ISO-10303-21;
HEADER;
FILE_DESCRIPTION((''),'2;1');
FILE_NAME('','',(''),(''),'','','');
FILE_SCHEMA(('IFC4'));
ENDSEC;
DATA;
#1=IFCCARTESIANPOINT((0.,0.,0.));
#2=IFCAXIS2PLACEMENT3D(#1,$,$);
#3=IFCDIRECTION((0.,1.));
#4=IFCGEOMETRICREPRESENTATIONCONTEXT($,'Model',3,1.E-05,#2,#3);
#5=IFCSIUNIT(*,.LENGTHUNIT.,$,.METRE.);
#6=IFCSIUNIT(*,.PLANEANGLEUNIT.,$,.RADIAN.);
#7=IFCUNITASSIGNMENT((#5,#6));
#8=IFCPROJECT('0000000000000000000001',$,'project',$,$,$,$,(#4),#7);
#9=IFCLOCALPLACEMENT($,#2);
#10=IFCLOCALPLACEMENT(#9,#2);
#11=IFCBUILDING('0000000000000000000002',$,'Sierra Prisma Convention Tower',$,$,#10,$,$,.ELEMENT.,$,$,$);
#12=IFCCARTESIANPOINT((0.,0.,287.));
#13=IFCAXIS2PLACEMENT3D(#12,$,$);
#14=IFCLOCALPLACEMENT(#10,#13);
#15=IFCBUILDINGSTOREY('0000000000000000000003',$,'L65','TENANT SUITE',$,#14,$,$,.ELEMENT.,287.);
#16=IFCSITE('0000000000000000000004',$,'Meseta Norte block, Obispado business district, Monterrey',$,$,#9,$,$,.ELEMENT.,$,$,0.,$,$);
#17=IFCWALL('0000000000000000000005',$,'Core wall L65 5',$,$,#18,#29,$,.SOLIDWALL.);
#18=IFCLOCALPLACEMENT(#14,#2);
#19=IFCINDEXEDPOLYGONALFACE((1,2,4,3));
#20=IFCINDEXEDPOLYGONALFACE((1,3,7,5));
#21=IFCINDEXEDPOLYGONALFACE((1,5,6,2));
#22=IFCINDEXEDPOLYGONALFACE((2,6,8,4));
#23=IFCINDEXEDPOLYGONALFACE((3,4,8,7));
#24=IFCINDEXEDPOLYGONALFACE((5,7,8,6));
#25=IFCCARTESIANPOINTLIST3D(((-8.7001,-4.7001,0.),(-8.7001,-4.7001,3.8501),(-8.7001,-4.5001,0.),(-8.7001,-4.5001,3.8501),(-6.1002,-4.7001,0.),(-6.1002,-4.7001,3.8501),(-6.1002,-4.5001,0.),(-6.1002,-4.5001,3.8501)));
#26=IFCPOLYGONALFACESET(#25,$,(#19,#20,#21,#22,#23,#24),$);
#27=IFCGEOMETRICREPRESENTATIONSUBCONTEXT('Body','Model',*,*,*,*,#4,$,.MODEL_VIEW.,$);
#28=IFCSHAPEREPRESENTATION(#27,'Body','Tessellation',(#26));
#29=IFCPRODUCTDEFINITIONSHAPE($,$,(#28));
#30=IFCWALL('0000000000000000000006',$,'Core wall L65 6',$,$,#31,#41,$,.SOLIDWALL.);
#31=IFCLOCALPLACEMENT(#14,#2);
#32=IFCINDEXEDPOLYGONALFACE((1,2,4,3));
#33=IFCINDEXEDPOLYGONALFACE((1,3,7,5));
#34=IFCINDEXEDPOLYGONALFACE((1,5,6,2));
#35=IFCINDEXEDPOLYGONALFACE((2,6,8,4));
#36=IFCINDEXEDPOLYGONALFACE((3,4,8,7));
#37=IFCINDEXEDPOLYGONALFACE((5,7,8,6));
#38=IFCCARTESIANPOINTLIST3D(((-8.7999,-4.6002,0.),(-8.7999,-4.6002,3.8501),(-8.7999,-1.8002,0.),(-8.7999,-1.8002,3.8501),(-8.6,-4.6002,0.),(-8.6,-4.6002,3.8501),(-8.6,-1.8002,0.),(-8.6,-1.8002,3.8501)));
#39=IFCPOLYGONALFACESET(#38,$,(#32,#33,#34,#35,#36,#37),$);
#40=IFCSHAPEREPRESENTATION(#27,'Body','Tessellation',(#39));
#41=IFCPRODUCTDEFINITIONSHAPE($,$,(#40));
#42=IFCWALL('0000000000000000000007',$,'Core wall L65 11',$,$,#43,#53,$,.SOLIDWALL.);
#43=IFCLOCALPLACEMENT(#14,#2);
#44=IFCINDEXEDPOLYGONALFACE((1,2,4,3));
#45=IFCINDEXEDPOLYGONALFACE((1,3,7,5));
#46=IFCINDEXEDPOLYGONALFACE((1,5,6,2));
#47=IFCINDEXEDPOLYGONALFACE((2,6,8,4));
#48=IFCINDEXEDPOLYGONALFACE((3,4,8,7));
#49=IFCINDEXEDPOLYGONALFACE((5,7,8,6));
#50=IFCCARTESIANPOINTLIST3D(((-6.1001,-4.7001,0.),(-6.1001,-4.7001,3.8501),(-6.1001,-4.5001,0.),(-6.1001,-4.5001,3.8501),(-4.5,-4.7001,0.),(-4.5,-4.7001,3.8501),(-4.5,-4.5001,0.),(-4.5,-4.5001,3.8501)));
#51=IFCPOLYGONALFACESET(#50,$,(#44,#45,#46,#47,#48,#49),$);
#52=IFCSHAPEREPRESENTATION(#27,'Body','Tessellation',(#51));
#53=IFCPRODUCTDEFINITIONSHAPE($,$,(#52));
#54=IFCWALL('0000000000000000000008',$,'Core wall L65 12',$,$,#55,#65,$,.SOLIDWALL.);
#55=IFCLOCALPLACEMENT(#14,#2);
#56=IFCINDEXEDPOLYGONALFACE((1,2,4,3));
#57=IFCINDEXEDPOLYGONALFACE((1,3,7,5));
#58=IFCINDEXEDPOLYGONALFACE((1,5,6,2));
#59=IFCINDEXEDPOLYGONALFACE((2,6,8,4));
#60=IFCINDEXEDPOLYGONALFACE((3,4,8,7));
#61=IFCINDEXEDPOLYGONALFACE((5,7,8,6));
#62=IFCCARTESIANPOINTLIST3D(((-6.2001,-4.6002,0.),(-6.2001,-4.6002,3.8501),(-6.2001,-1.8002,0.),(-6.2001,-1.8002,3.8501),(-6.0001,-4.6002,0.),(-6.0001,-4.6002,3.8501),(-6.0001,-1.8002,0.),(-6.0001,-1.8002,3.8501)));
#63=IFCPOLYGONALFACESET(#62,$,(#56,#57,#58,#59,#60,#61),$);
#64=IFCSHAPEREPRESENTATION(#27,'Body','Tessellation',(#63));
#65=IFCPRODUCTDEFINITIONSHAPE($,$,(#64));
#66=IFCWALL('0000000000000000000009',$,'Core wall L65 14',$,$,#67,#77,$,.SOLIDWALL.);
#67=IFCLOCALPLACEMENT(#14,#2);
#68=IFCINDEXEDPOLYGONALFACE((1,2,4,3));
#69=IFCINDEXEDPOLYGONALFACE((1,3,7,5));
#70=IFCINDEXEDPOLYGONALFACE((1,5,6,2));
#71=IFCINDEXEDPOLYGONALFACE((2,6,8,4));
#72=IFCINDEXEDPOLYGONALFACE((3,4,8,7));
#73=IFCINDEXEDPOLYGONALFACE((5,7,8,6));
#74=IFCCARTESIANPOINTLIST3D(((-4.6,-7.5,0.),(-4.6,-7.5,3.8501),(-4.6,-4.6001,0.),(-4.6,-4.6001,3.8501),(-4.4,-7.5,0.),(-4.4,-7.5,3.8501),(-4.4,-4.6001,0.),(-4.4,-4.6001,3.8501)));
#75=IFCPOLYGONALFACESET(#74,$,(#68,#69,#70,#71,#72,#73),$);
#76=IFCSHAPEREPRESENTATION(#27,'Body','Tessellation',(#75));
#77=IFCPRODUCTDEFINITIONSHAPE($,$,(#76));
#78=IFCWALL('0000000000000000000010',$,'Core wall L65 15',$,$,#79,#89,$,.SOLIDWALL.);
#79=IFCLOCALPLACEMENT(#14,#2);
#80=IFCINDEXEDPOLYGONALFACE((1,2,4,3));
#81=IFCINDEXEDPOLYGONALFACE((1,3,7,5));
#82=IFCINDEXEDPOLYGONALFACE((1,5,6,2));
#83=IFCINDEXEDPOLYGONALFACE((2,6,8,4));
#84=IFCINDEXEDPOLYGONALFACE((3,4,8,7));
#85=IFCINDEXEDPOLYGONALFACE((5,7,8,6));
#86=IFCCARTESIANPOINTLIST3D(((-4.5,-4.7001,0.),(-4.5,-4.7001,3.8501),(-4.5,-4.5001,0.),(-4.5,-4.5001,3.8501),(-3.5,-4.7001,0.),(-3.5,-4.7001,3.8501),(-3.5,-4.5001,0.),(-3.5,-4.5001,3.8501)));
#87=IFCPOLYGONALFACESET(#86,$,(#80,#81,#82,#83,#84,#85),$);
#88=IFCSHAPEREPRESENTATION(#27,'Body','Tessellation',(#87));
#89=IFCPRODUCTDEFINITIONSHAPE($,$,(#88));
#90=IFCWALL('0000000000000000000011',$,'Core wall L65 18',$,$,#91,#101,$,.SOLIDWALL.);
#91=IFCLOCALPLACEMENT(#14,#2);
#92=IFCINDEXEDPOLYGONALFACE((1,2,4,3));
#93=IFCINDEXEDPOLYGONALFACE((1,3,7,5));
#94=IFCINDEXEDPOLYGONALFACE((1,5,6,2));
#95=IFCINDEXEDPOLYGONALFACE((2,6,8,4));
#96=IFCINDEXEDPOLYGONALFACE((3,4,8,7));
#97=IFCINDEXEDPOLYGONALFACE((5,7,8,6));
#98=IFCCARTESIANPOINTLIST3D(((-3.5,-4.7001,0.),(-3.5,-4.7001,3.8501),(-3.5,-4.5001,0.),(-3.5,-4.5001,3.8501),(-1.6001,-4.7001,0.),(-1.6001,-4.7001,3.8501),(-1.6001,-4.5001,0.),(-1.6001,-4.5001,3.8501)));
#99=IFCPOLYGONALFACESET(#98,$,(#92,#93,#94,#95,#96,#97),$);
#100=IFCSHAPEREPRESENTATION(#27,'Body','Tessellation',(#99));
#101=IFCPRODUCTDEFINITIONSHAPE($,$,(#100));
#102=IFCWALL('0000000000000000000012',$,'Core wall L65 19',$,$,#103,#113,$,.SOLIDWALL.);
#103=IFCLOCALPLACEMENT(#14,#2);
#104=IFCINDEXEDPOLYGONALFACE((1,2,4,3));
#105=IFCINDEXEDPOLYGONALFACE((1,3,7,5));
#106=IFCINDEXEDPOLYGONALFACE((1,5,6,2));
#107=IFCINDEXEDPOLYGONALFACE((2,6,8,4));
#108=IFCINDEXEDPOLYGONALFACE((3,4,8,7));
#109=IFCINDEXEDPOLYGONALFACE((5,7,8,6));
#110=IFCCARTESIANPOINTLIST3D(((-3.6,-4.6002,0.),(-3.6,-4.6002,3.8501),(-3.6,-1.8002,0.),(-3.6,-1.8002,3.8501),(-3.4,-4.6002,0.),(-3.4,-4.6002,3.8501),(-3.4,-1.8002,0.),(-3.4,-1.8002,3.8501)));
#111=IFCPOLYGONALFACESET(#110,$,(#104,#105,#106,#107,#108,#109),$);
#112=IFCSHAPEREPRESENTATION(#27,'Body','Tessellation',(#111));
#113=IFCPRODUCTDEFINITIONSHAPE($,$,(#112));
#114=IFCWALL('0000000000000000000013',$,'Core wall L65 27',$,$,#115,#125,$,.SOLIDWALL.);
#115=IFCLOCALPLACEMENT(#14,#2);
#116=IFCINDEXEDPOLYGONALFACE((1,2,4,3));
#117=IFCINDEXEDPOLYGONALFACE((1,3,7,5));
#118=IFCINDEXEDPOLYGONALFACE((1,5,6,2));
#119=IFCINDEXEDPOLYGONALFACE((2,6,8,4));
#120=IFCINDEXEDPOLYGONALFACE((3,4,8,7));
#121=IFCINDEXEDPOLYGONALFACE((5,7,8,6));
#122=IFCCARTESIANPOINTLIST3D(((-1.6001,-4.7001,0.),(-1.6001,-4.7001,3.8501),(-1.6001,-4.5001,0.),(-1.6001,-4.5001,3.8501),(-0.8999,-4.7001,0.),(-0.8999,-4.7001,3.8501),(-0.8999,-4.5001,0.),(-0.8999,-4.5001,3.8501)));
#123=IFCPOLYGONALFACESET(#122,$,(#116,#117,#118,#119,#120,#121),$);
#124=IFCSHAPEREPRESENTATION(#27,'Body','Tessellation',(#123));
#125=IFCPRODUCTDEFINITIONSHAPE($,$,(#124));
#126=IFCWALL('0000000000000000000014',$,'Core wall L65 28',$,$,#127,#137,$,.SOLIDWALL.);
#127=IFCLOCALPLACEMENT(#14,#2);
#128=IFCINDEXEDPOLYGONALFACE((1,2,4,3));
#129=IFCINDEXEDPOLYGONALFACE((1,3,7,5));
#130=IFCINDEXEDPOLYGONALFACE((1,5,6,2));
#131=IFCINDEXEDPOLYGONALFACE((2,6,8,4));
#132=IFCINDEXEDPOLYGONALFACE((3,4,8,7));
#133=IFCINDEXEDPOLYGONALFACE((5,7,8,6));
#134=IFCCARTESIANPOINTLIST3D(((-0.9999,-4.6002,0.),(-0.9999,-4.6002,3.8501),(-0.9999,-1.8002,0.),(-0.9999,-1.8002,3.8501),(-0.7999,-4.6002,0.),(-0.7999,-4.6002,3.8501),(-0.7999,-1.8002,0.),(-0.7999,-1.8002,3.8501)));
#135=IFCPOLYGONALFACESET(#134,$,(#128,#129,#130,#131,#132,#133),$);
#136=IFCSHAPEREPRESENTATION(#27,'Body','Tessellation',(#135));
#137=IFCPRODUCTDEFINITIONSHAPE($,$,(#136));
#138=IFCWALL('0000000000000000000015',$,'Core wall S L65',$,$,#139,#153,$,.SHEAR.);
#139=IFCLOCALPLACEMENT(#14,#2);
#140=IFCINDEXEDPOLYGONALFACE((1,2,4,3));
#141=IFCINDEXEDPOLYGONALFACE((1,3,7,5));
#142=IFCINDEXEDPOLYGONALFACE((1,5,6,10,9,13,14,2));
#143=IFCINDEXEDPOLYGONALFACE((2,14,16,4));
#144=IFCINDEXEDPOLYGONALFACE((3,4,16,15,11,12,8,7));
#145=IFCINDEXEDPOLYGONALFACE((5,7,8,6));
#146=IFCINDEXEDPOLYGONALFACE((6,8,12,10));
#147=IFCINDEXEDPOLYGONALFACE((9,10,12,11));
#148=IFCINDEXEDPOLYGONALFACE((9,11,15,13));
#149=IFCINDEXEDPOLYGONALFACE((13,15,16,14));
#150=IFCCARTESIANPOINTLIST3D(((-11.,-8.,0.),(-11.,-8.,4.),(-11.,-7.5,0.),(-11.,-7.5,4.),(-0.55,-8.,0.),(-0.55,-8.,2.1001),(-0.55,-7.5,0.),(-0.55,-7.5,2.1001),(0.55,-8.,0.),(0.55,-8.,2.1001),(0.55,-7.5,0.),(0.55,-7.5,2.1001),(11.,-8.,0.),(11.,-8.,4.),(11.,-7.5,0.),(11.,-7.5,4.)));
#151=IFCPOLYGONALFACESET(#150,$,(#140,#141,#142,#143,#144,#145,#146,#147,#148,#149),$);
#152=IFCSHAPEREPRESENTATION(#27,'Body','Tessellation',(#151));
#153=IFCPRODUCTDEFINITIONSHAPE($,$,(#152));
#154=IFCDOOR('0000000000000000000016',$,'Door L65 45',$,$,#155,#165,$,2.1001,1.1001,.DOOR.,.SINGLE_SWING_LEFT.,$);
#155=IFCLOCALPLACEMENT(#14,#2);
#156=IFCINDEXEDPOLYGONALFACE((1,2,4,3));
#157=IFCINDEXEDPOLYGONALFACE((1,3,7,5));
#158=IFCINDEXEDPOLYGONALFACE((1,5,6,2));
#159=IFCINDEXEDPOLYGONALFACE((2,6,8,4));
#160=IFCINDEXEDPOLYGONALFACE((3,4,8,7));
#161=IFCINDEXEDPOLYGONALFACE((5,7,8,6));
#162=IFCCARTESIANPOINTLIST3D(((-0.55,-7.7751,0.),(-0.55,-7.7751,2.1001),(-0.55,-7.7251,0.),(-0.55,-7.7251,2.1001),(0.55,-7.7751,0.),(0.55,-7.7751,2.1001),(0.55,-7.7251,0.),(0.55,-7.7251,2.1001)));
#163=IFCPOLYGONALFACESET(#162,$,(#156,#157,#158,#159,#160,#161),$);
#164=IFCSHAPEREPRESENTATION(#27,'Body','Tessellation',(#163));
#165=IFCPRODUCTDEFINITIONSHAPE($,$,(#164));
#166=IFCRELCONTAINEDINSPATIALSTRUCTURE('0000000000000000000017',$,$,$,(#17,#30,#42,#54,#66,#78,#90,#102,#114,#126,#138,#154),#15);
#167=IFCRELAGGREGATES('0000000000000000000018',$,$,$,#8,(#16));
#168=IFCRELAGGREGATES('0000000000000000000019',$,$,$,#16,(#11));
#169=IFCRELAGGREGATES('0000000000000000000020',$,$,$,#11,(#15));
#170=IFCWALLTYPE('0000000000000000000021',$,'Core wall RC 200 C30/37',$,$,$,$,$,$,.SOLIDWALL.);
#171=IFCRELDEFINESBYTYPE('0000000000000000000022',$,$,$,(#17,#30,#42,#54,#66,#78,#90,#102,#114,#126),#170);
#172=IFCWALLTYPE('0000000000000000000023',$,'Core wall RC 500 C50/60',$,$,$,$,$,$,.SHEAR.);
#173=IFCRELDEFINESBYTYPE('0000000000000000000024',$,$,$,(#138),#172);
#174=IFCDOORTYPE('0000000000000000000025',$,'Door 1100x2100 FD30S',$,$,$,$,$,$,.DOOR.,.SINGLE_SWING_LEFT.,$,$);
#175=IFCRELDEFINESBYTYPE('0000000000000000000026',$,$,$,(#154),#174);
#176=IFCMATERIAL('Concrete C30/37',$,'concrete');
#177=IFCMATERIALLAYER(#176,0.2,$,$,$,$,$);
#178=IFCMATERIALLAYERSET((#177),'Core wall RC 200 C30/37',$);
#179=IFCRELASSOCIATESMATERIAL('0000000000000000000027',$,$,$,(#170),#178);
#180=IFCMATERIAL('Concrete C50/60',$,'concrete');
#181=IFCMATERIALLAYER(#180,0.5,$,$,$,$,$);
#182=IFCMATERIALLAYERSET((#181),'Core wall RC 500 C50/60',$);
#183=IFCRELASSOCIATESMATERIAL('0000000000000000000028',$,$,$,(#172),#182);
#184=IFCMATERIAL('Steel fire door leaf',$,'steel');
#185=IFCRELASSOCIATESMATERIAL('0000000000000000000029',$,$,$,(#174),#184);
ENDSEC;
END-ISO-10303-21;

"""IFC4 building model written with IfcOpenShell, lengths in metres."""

from ifc_helpers import new_model, si_unit, direction, frame, frame_2d, origin, place, context, subcontext, project, spatial, rectangle, extrude, material, layer, layer_set, type_object, element, fill, save


model = new_model("IFC4")

# Units and contexts
model_context = context("Model", 3, precision=1e-05, world=origin(), true_north=direction((0.0, 1.0)))
body_context = subcontext(model_context, "Body", "Model", "MODEL_VIEW")
ifc_project = project(units=[si_unit("LENGTHUNIT", "METRE"), si_unit("PLANEANGLEUNIT", "RADIAN")], contexts=[model_context])

# Site, building, storey
site_placement = place(None, origin())
site = spatial("IfcSite", under=ifc_project, at=site_placement, Name="Meseta Norte block, Obispado business district, Monterrey", CompositionType="ELEMENT", RefElevation=0.0)
building_placement = place(site_placement, origin())
building = spatial("IfcBuilding", under=site, at=building_placement, Name="Sierra Prisma Convention Tower", CompositionType="ELEMENT")
storey_placement = place(building_placement, frame((0.0, 0.0, 287.0)))
storey = spatial("IfcBuildingStorey", under=building, at=storey_placement, Name="L65", Description="TENANT SUITE", CompositionType="ELEMENT", Elevation=287.0)

# Shared definitions
ifc_material_1 = material(Name="Concrete C30/37", Category="concrete")
ifc_layer_1 = layer(ifc_material_1, 0.2)
ifc_layer_set_1 = layer_set([ifc_layer_1], Name="Core wall RC 200 C30/37")
wall_type_1 = type_object("IfcWallType", Name="Core wall RC 200 C30/37", PredefinedType="SOLIDWALL", material=ifc_layer_set_1)

# Walls
wall_1_placement = place(storey_placement, frame((-8.7, -4.6001, 0.0), z_axis=(0.0, 0.0, 1.0), x_axis=(1.0, 0.0, 0.0)))
element("IfcWall", 1, at=wall_1_placement, inside=storey, type_object=wall_type_1, Name="Core wall L65 5", PredefinedType="SOLIDWALL", context=body_context, shape_type="SweptSolid", body=[
    extrude(rectangle(XDim=2.5999, YDim=0.2, at=frame_2d((1.2998, 0.0))), origin(), (0.0, 0.0, 1.0), 3.8501),
])
wall_2_placement = place(storey_placement, frame((-8.7, -4.6001, 0.0), z_axis=(0.0, 0.0, 1.0), x_axis=(0.0, 1.0, 0.0)))
element("IfcWall", 2, at=wall_2_placement, inside=storey, type_object=wall_type_1, Name="Core wall L65 6", PredefinedType="SOLIDWALL", context=body_context, shape_type="SweptSolid", body=[
    extrude(rectangle(XDim=2.8, YDim=0.2, at=frame_2d((1.3999, 0.0))), origin(), (0.0, 0.0, 1.0), 3.8501),
])
wall_3_placement = place(storey_placement, frame((-6.1001, -4.6001, 0.0), z_axis=(0.0, 0.0, 1.0), x_axis=(1.0, 0.0, 0.0)))
element("IfcWall", 3, at=wall_3_placement, inside=storey, type_object=wall_type_1, Name="Core wall L65 11", PredefinedType="SOLIDWALL", context=body_context, shape_type="SweptSolid", body=[
    extrude(rectangle(XDim=1.6001, YDim=0.2, at=frame_2d((0.8, 0.0))), origin(), (0.0, 0.0, 1.0), 3.8501),
])
wall_4_placement = place(storey_placement, frame((-6.1001, -4.6001, 0.0), z_axis=(0.0, 0.0, 1.0), x_axis=(0.0, 1.0, 0.0)))
element("IfcWall", 4, at=wall_4_placement, inside=storey, type_object=wall_type_1, Name="Core wall L65 12", PredefinedType="SOLIDWALL", context=body_context, shape_type="SweptSolid", body=[
    extrude(rectangle(XDim=2.8, YDim=0.2, at=frame_2d((1.3999, 0.0))), origin(), (0.0, 0.0, 1.0), 3.8501),
])
wall_5_placement = place(storey_placement, frame((-4.5, -4.6001, 0.0), z_axis=(0.0, 0.0, 1.0), x_axis=(0.0, -1.0, 0.0)))
element("IfcWall", 5, at=wall_5_placement, inside=storey, type_object=wall_type_1, Name="Core wall L65 14", PredefinedType="SOLIDWALL", context=body_context, shape_type="SweptSolid", body=[
    extrude(rectangle(XDim=2.8999, YDim=0.2, at=frame_2d((1.45, 0.0))), origin(), (0.0, 0.0, 1.0), 3.8501),
])
wall_6_placement = place(storey_placement, frame((-4.5, -4.6001, 0.0), z_axis=(0.0, 0.0, 1.0), x_axis=(1.0, 0.0, 0.0)))
element("IfcWall", 6, at=wall_6_placement, inside=storey, type_object=wall_type_1, Name="Core wall L65 15", PredefinedType="SOLIDWALL", context=body_context, shape_type="SweptSolid", body=[
    extrude(rectangle(XDim=1.0, YDim=0.2, at=frame_2d((0.5, 0.0))), origin(), (0.0, 0.0, 1.0), 3.8501),
])
wall_7_placement = place(storey_placement, frame((-3.5, -4.6001, 0.0), z_axis=(0.0, 0.0, 1.0), x_axis=(1.0, 0.0, 0.0)))
element("IfcWall", 7, at=wall_7_placement, inside=storey, type_object=wall_type_1, Name="Core wall L65 18", PredefinedType="SOLIDWALL", context=body_context, shape_type="SweptSolid", body=[
    extrude(rectangle(XDim=1.8999, YDim=0.2, at=frame_2d((0.95, 0.0))), origin(), (0.0, 0.0, 1.0), 3.8501),
])
wall_8_placement = place(storey_placement, frame((-3.5, -4.6001, 0.0), z_axis=(0.0, 0.0, 1.0), x_axis=(0.0, 1.0, 0.0)))
element("IfcWall", 8, at=wall_8_placement, inside=storey, type_object=wall_type_1, Name="Core wall L65 19", PredefinedType="SOLIDWALL", context=body_context, shape_type="SweptSolid", body=[
    extrude(rectangle(XDim=2.8, YDim=0.2, at=frame_2d((1.3999, 0.0))), origin(), (0.0, 0.0, 1.0), 3.8501),
])

# Walls
wall_9_placement = place(storey_placement, frame((-1.6001, -4.6001, 0.0), z_axis=(0.0, 0.0, 1.0), x_axis=(1.0, 0.0, 0.0)))
element("IfcWall", 9, at=wall_9_placement, inside=storey, type_object=wall_type_1, Name="Core wall L65 27", PredefinedType="SOLIDWALL", context=body_context, shape_type="SweptSolid", body=[
    extrude(rectangle(XDim=0.7002, YDim=0.2, at=frame_2d((0.3501, 0.0))), origin(), (0.0, 0.0, 1.0), 3.8501),
])
wall_10_placement = place(storey_placement, frame((-0.8999, -4.6001, 0.0), z_axis=(0.0, 0.0, 1.0), x_axis=(0.0, 1.0, 0.0)))
element("IfcWall", 10, at=wall_10_placement, inside=storey, type_object=wall_type_1, Name="Core wall L65 28", PredefinedType="SOLIDWALL", context=body_context, shape_type="SweptSolid", body=[
    extrude(rectangle(XDim=2.8, YDim=0.2, at=frame_2d((1.3999, 0.0))), origin(), (0.0, 0.0, 1.0), 3.8501),
])

# Wall, opening, door
ifc_material_2 = material(Name="Concrete C50/60", Category="concrete")
ifc_layer_2 = layer(ifc_material_2, 0.5)
ifc_layer_set_2 = layer_set([ifc_layer_2], Name="Core wall RC 500 C50/60")
wall_type_2 = type_object("IfcWallType", Name="Core wall RC 500 C50/60", PredefinedType="SHEAR", material=ifc_layer_set_2)
wall_11_placement = place(storey_placement, frame((-11.0, -7.75, 0.0), z_axis=(0.0, 0.0, 1.0), x_axis=(1.0, 0.0, 0.0)))
wall_11 = element("IfcWall", 11, at=wall_11_placement, inside=storey, type_object=wall_type_2, Name="Core wall S L65", PredefinedType="SHEAR", context=body_context, shape_type="SweptSolid", body=[
    extrude(rectangle(XDim=22.0, YDim=0.5, at=frame_2d((11.0, 0.0))), origin(), (0.0, 0.0, 1.0), 4.0),
])
opening_1_placement = place(wall_11_placement, frame((10.45, 0.0, 0.0)))
opening_1 = element("IfcOpeningElement", 12, at=opening_1_placement, cuts=wall_11, PredefinedType="OPENING", context=body_context, shape_type="SweptSolid", body=[
    extrude(rectangle(XDim=1.1001, YDim=2.1001, at=frame_2d((0.55, 1.05))), frame((0.0, 0.25, 0.0), z_axis=(0.0, -1.0, 0.0), x_axis=(1.0, 0.0, 0.0)), (0.0, 0.0, 1.0), 0.5),
])
ifc_material_3 = material(Name="Steel fire door leaf", Category="steel")
door_type_1 = type_object("IfcDoorType", Name="Door 1100x2100 FD30S", OperationType="SINGLE_SWING_LEFT", PredefinedType="DOOR", material=ifc_material_3)
door_1_placement = place(opening_1_placement, origin())
door_1 = element("IfcDoor", 13, at=door_1_placement, inside=storey, type_object=door_type_1, Name="Door L65 45", OperationType="SINGLE_SWING_LEFT", OverallHeight=2.1001, OverallWidth=1.1001, PredefinedType="DOOR", context=body_context, shape_type="SweptSolid", body=[
    extrude(rectangle(XDim=1.1001, YDim=2.1001, at=frame_2d((0.55, 1.05))), frame((0.0, 0.0249, 0.0), z_axis=(0.0, -1.0, 0.0), x_axis=(1.0, 0.0, 0.0)), (0.0, 0.0, 1.0), 0.05),
])
fill(opening_1, door_1)

save(model, "model.ifc")
